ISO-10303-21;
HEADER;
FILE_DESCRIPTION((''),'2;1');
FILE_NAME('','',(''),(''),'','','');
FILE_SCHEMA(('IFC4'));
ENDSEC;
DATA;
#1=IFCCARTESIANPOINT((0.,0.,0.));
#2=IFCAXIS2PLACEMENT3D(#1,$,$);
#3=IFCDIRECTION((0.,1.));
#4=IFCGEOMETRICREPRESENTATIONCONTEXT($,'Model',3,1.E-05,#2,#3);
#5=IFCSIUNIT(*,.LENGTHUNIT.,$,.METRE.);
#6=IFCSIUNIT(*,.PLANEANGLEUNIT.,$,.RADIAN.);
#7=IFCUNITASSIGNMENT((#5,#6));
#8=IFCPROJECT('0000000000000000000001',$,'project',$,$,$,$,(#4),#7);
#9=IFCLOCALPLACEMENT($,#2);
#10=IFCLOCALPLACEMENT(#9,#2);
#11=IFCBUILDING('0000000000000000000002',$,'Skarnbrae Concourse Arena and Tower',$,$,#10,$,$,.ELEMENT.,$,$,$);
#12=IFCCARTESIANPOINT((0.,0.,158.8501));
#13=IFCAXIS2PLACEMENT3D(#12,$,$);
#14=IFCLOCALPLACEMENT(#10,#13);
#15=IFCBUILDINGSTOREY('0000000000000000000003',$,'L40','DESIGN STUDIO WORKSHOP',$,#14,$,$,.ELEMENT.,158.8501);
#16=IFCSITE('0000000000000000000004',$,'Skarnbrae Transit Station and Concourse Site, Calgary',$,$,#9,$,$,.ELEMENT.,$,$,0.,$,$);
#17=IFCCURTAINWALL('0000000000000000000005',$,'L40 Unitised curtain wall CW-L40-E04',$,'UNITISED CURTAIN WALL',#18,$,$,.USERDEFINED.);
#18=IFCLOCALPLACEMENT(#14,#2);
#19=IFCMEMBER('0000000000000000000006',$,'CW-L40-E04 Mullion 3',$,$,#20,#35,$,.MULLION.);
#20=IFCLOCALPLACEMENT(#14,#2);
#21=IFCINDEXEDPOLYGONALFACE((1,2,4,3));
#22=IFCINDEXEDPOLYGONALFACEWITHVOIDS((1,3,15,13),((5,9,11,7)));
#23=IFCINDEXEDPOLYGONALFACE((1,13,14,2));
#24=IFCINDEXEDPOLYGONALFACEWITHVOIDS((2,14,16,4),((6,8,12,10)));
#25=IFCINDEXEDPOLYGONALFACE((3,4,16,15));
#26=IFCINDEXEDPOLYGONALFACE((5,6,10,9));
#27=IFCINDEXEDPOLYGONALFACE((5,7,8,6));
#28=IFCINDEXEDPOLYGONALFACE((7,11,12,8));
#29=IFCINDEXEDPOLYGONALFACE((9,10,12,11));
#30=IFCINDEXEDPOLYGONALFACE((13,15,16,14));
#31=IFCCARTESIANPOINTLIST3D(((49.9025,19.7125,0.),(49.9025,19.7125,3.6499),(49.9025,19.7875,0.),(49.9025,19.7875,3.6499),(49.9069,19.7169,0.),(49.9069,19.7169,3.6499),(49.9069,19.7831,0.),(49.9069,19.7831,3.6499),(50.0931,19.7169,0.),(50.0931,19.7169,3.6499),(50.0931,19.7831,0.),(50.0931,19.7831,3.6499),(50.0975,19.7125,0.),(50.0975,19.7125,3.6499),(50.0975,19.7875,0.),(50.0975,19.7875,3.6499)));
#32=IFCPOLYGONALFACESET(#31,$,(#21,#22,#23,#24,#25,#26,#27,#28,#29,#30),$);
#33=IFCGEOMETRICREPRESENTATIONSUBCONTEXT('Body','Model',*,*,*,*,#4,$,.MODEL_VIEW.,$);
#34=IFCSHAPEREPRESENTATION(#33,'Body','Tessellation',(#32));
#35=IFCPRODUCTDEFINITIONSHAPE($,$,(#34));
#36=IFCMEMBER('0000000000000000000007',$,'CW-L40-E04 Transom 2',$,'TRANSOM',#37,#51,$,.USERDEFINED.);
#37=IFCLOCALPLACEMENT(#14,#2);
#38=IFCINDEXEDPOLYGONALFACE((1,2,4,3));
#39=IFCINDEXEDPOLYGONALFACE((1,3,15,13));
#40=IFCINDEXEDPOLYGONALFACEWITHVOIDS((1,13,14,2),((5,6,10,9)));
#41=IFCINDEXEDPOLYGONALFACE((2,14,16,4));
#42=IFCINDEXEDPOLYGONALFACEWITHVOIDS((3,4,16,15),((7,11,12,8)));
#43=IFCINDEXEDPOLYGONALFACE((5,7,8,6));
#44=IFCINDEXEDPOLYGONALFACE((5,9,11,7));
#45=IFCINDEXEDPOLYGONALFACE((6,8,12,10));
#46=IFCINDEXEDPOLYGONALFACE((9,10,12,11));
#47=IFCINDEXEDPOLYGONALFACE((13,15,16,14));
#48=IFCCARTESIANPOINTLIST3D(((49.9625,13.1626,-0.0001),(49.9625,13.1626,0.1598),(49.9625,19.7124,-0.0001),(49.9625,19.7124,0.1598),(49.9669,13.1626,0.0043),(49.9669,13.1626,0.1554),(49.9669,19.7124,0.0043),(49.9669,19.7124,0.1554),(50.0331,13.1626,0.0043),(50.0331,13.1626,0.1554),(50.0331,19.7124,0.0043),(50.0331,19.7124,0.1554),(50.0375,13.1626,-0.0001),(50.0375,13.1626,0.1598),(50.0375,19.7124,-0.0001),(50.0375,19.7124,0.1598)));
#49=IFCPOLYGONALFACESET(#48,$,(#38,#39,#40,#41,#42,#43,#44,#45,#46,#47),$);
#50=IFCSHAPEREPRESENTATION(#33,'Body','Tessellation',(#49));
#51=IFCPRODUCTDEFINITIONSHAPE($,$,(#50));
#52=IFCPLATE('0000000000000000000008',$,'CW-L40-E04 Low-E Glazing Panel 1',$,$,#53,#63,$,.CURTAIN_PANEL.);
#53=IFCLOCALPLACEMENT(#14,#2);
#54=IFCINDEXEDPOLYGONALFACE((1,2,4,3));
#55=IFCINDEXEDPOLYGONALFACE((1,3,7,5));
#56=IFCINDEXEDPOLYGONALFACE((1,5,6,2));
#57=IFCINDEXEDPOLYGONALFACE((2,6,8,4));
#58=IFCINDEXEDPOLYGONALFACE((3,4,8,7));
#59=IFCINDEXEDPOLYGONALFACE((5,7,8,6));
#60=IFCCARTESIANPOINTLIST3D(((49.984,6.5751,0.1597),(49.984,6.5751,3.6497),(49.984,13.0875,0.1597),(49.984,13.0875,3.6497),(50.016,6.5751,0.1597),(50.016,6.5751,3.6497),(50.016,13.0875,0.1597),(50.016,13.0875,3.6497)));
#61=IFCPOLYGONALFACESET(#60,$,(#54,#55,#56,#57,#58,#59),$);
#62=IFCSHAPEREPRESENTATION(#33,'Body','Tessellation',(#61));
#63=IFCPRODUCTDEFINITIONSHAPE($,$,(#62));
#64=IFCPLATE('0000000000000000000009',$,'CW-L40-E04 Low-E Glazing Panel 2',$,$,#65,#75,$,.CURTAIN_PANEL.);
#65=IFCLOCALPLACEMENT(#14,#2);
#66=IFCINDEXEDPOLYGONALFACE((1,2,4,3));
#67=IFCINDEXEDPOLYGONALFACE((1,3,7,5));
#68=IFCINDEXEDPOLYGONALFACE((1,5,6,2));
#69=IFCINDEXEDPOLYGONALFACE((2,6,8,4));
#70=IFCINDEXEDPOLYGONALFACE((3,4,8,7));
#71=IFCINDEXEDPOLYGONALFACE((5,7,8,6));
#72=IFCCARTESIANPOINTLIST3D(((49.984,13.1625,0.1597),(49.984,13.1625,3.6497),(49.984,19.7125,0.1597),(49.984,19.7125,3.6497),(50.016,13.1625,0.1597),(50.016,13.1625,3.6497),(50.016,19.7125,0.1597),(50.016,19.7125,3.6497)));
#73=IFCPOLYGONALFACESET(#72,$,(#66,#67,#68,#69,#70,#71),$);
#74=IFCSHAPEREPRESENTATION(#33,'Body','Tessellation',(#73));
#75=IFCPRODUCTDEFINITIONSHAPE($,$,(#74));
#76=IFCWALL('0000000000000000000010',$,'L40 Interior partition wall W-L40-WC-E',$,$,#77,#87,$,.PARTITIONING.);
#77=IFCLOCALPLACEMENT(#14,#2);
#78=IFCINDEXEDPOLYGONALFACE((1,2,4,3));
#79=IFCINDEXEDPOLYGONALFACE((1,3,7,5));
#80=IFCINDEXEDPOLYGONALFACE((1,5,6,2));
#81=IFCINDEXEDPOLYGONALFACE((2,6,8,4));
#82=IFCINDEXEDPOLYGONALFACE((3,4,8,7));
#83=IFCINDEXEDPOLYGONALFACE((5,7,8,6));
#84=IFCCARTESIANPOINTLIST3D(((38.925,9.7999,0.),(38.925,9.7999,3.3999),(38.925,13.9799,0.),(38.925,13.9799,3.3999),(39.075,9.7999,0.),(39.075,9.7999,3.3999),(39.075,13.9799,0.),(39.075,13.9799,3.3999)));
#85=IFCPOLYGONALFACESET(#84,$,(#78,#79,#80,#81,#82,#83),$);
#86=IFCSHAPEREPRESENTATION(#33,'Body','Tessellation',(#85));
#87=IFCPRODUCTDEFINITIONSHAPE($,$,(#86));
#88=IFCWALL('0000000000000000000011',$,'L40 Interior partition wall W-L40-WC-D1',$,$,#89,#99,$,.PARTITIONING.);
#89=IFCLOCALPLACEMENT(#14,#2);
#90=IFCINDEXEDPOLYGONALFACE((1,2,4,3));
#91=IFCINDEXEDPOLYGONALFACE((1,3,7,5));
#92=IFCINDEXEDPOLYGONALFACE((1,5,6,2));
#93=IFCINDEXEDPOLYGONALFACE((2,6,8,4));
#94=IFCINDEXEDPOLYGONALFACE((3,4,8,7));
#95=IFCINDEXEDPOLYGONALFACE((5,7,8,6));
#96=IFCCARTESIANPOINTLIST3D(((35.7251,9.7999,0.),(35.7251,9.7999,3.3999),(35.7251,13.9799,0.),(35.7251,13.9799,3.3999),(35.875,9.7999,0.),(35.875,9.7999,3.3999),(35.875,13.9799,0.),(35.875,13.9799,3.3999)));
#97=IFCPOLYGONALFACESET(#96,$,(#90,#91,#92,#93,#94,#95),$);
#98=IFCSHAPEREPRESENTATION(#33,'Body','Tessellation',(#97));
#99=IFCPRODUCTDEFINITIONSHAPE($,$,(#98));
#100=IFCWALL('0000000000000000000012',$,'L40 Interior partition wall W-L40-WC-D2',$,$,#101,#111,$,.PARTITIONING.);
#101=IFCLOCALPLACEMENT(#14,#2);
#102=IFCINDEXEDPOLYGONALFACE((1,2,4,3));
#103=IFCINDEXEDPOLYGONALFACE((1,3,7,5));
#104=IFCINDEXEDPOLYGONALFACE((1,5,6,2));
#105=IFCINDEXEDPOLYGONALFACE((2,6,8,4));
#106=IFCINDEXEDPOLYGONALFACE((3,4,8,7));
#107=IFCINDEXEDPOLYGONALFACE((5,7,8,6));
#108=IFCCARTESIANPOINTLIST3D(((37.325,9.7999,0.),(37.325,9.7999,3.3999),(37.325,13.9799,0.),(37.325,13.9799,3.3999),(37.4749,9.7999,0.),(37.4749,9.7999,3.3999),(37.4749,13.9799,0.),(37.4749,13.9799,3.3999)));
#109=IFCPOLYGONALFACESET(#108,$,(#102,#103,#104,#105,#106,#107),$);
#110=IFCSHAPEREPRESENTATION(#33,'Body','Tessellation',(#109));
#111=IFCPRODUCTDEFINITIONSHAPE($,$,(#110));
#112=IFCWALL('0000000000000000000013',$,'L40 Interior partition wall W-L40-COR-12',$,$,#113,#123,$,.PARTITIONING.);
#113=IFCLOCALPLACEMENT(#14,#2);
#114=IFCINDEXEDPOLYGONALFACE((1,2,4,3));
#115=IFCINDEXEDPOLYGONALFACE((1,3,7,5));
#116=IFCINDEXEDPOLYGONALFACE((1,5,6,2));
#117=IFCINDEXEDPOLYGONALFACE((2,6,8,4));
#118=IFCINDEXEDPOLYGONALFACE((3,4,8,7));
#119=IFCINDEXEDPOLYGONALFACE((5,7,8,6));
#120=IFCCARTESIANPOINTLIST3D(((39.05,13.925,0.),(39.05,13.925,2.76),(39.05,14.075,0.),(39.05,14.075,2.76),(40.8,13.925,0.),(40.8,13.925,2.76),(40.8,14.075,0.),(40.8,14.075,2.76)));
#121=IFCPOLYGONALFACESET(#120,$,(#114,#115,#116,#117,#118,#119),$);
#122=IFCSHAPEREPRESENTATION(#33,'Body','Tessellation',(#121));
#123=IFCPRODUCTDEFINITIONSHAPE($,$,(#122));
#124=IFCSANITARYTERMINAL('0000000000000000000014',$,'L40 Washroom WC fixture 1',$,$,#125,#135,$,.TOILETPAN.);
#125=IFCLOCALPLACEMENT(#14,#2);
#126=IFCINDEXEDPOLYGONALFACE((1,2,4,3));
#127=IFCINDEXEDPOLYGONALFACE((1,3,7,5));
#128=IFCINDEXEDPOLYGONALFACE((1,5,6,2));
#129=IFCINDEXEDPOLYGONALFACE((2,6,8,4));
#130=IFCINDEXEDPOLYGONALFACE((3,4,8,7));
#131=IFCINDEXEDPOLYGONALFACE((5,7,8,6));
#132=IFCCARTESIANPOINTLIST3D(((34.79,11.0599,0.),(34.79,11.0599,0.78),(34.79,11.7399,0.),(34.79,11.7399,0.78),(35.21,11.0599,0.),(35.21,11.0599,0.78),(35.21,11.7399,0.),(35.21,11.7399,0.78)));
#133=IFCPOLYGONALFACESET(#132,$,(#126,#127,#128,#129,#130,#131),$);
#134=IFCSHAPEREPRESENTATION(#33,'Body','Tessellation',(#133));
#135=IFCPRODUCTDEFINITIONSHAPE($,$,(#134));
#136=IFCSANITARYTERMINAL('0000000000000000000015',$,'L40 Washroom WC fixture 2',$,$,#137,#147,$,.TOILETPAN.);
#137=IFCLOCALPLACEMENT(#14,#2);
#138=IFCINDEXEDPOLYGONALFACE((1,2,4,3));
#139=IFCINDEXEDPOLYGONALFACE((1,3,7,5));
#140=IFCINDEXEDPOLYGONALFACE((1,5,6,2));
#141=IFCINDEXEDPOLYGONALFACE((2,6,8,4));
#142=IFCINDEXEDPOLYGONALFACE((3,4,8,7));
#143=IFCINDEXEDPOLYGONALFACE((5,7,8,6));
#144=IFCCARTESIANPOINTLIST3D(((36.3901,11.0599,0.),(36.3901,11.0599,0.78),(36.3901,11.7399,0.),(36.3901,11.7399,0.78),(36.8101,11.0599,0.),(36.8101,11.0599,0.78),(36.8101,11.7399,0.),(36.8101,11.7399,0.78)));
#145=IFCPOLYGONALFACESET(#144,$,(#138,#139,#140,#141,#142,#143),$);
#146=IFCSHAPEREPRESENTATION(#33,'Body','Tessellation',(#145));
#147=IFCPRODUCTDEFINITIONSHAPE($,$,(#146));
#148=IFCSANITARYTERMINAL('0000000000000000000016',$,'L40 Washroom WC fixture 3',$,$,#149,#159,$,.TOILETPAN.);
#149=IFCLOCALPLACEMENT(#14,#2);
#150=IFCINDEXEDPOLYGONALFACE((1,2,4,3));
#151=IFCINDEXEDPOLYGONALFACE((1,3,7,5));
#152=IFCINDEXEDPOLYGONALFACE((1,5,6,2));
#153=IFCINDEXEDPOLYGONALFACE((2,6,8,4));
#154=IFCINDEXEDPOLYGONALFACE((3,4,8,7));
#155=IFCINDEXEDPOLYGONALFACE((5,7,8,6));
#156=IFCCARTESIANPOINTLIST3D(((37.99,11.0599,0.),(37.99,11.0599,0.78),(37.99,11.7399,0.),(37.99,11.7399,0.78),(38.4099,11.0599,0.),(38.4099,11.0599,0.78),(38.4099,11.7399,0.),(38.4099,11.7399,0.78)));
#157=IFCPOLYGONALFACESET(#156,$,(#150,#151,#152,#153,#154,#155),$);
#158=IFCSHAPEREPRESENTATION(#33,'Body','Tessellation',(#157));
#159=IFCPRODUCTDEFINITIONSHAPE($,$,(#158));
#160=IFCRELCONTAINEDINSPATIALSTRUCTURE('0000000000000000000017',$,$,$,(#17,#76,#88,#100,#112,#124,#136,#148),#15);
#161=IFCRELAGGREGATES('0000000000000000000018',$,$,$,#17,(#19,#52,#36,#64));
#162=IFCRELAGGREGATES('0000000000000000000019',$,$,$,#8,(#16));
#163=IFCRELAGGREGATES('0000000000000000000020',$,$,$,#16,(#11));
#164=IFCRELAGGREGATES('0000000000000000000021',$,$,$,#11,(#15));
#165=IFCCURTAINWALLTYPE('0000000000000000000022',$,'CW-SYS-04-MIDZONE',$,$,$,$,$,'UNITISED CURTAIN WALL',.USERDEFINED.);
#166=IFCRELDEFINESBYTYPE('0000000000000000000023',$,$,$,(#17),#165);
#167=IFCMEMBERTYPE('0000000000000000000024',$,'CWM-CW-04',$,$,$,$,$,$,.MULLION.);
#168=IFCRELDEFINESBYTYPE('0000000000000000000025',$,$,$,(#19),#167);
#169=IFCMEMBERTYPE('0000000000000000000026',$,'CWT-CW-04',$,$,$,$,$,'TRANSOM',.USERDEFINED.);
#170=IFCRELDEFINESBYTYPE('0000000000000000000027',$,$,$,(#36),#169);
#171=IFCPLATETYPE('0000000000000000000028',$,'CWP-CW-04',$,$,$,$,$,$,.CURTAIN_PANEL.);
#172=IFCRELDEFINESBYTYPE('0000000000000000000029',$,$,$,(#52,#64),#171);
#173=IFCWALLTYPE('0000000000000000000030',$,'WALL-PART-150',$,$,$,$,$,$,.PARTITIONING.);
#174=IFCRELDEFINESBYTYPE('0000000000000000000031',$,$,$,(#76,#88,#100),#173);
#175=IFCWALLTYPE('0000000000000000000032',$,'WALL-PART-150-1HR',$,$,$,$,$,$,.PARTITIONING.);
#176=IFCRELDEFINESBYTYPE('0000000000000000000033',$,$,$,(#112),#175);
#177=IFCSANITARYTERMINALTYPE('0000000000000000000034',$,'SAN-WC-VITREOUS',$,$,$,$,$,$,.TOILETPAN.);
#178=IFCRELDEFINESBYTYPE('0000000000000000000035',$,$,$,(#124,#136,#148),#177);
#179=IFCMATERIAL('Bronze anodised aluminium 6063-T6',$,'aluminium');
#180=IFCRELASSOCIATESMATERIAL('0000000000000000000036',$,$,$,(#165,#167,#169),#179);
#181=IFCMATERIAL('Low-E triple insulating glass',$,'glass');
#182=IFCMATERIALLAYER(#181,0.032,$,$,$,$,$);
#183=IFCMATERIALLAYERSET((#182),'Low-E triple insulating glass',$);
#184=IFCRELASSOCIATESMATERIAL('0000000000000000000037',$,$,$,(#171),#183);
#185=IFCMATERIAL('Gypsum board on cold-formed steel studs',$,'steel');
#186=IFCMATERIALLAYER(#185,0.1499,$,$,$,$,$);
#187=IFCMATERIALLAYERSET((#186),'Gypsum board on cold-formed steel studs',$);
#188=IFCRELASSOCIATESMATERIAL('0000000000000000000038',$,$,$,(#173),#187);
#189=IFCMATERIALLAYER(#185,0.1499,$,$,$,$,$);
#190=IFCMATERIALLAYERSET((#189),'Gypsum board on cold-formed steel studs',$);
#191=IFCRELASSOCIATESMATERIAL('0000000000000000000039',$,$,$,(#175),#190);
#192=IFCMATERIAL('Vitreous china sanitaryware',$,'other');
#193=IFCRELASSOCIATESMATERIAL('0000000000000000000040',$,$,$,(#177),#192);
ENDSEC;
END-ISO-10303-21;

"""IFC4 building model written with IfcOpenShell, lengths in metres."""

from ifc_helpers import new_model, si_unit, direction, frame, frame_2d, origin, origin_2d, place, context, subcontext, project, spatial, rectangle, hollow_rectangle, extrude, source, transform, mapped, material, layer, layer_set, material_profile, profile_set, type_object, element, aggregate, save


model = new_model("IFC4")

# Units and contexts
model_context = context("Model", 3, precision=1e-05, world=origin(), true_north=direction((0.0, 1.0)))
body_context = subcontext(model_context, "Body", "Model", "MODEL_VIEW")
ifc_project = project(units=[si_unit("LENGTHUNIT", "METRE"), si_unit("PLANEANGLEUNIT", "RADIAN")], contexts=[model_context])

# Site, building, storey
site_placement = place(None, origin())
site = spatial("IfcSite", under=ifc_project, at=site_placement, Name="Skarnbrae Transit Station and Concourse Site, Calgary", CompositionType="ELEMENT", RefElevation=0.0)
building_placement = place(site_placement, origin())
building = spatial("IfcBuilding", under=site, at=building_placement, Name="Skarnbrae Concourse Arena and Tower", CompositionType="ELEMENT")
storey_placement = place(building_placement, frame((0.0, 0.0, 158.8501)))
storey = spatial("IfcBuildingStorey", under=building, at=storey_placement, Name="L40", Description="DESIGN STUDIO WORKSHOP", CompositionType="ELEMENT", Elevation=158.8501)

# Curtain wall, members, plates
ifc_material_1 = material(Name="Bronze anodised aluminium 6063-T6", Category="aluminium")
curtain_wall_type = type_object("IfcCurtainWallType", Name="CW-SYS-04-MIDZONE", ElementType="UNITISED CURTAIN WALL", PredefinedType="USERDEFINED", material=ifc_material_1)
curtain_wall_placement = place(storey_placement, origin())
curtain_wall = element("IfcCurtainWall", 1, at=curtain_wall_placement, inside=storey, type_object=curtain_wall_type, Name="L40 Unitised curtain wall CW-L40-E04", ObjectType="UNITISED CURTAIN WALL", PredefinedType="USERDEFINED")
ifc_material_profile_1 = material_profile(ifc_material_1, hollow_rectangle(XDim=0.075, YDim=0.1951, WallThickness=0.0044, at=origin_2d()), Name="ALU-MULL-75X195")
ifc_profile_set_1 = profile_set([ifc_material_profile_1], Name="Bronze anodised aluminium 6063-T6")
member_type_1 = type_object("IfcMemberType", Name="CWM-CW-04", PredefinedType="MULLION", material=ifc_profile_set_1)
shared_shape_1 = source(origin(), body_context, "Body", "SweptSolid", [
    extrude(hollow_rectangle(XDim=0.075, YDim=0.1951, WallThickness=0.0044, at=origin_2d()), origin(), (0.0, 0.0, 1.0), 3.6499),
])
member_1_placement = place(storey_placement, frame((50.0, 19.75, 0.0), z_axis=(0.0, 0.0, 1.0), x_axis=(0.0, 1.0, 0.0)))
member_1 = element("IfcMember", 2, at=member_1_placement, type_object=member_type_1, Name="CW-L40-E04 Mullion 3", PredefinedType="MULLION", context=body_context, shape_type="MappedRepresentation", body=[
    mapped(shared_shape_1, transform((0.0, 0.0, 0.0))),
])
ifc_material_profile_2 = material_profile(ifc_material_1, hollow_rectangle(XDim=0.075, YDim=0.1599, WallThickness=0.0044, at=origin_2d()), Name="ALU-TRAN-75X160")
ifc_profile_set_2 = profile_set([ifc_material_profile_2], Name="Bronze anodised aluminium 6063-T6")
member_type_2 = type_object("IfcMemberType", Name="CWT-CW-04", ElementType="TRANSOM", PredefinedType="USERDEFINED", material=ifc_profile_set_2)
shared_shape_2 = source(origin(), body_context, "Body", "SweptSolid", [
    extrude(hollow_rectangle(XDim=0.075, YDim=0.1599, WallThickness=0.0044, at=origin_2d()), origin(), (0.0, 0.0, 1.0), 6.5498),
])
member_2_placement = place(storey_placement, frame((50.0, 13.1626, 0.0798), z_axis=(0.0, 1.0, 0.0), x_axis=(-1.0, 0.0, 0.0)))
member_2 = element("IfcMember", 3, at=member_2_placement, type_object=member_type_2, Name="CW-L40-E04 Transom 2", ObjectType="TRANSOM", PredefinedType="USERDEFINED", context=body_context, shape_type="MappedRepresentation", body=[
    mapped(shared_shape_2, transform((0.0, 0.0, 0.0))),
])
ifc_material_2 = material(Name="Low-E triple insulating glass", Category="glass")
ifc_layer_1 = layer(ifc_material_2, 0.032)
ifc_layer_set_1 = layer_set([ifc_layer_1], Name="Low-E triple insulating glass")
plate_type = type_object("IfcPlateType", Name="CWP-CW-04", PredefinedType="CURTAIN_PANEL", material=ifc_layer_set_1)
shared_shape_3 = source(origin(), body_context, "Body", "SweptSolid", [
    extrude(rectangle(XDim=6.5125, YDim=0.032, at=origin_2d()), origin(), (0.0, 0.0, 1.0), 3.49),
])
plate_1_placement = place(storey_placement, frame((50.0, 9.8313, 0.1597), z_axis=(0.0, 0.0, 1.0), x_axis=(0.0, 1.0, 0.0)))
plate_1 = element("IfcPlate", 4, at=plate_1_placement, type_object=plate_type, Name="CW-L40-E04 Low-E Glazing Panel 1", PredefinedType="CURTAIN_PANEL", context=body_context, shape_type="MappedRepresentation", body=[
    mapped(shared_shape_3, transform((0.0, 0.0, 0.0))),
])
shared_shape_4 = source(origin(), body_context, "Body", "SweptSolid", [
    extrude(rectangle(XDim=6.55, YDim=0.032, at=origin_2d()), origin(), (0.0, 0.0, 1.0), 3.49),
])
plate_2_placement = place(storey_placement, frame((50.0, 16.4375, 0.1597), z_axis=(0.0, 0.0, 1.0), x_axis=(0.0, 1.0, 0.0)))
plate_2 = element("IfcPlate", 5, at=plate_2_placement, type_object=plate_type, Name="CW-L40-E04 Low-E Glazing Panel 2", PredefinedType="CURTAIN_PANEL", context=body_context, shape_type="MappedRepresentation", body=[
    mapped(shared_shape_4, transform((0.0, 0.0, 0.0))),
])
aggregate(curtain_wall, [member_1, plate_1, member_2, plate_2])

# Walls
ifc_material_3 = material(Name="Gypsum board on cold-formed steel studs", Category="steel")
ifc_layer_2 = layer(ifc_material_3, 0.1499)
ifc_layer_set_2 = layer_set([ifc_layer_2], Name="Gypsum board on cold-formed steel studs")
wall_type_1 = type_object("IfcWallType", Name="WALL-PART-150", PredefinedType="PARTITIONING", material=ifc_layer_set_2)
shared_shape_5 = source(origin(), body_context, "Body", "SweptSolid", [
    extrude(rectangle(XDim=4.1799, YDim=0.1499, at=frame_2d((2.0898, 0.0))), origin(), (0.0, 0.0, 1.0), 3.3999),
])
for number, where, z_axis, x_axis, name in (
    (6, (39.0, 9.8, 0.0), (0.0, 0.0, 1.0), (0.0, 1.0, 0.0), "L40 Interior partition wall W-L40-WC-E"),
    (7, (35.8, 9.8, 0.0), (0.0, 0.0, 1.0), (0.0, 1.0, 0.0), "L40 Interior partition wall W-L40-WC-D1"),
    (8, (37.3999, 9.8, 0.0), (0.0, 0.0, 1.0), (0.0, 1.0, 0.0), "L40 Interior partition wall W-L40-WC-D2"),
):
    element("IfcWall", number, at=place(storey_placement, frame(where, z_axis=z_axis, x_axis=x_axis)), inside=storey, type_object=wall_type_1, Name=name, PredefinedType="PARTITIONING", context=body_context, shape_type="MappedRepresentation", body=[
        mapped(shared_shape_5, transform((0.0, 0.0, 0.0))),
    ])

# Shared definitions
ifc_layer_3 = layer(ifc_material_3, 0.1499)
ifc_layer_set_3 = layer_set([ifc_layer_3], Name="Gypsum board on cold-formed steel studs")
wall_type_2 = type_object("IfcWallType", Name="WALL-PART-150-1HR", PredefinedType="PARTITIONING", material=ifc_layer_set_3)

# Wall
shared_shape_6 = source(origin(), body_context, "Body", "SweptSolid", [
    extrude(rectangle(XDim=1.75, YDim=0.1499, at=frame_2d((0.875, 0.0))), origin(), (0.0, 0.0, 1.0), 2.76),
])
wall_1_placement = place(storey_placement, frame((40.8, 14.0, 0.0), z_axis=(0.0, 0.0, 1.0), x_axis=(-1.0, 0.0, 0.0)))
element("IfcWall", 9, at=wall_1_placement, inside=storey, type_object=wall_type_2, Name="L40 Interior partition wall W-L40-COR-12", PredefinedType="PARTITIONING", context=body_context, shape_type="MappedRepresentation", body=[
    mapped(shared_shape_6, transform((0.0, 0.0, 0.0))),
])

# Sanitary terminals
ifc_material_4 = material(Name="Vitreous china sanitaryware", Category="other")
sanitary_terminal_type = type_object("IfcSanitaryTerminalType", Name="SAN-WC-VITREOUS", PredefinedType="TOILETPAN", material=ifc_material_4)
shared_shape_7 = source(origin(), body_context, "Body", "SweptSolid", [
    extrude(rectangle(XDim=0.4199, YDim=0.6799, at=origin_2d()), origin(), (0.0, 0.0, 1.0), 0.78),
])
for number, where, z_axis, x_axis, name in (
    (10, (35.0, 11.3999, 0.0), (0.0, 0.0, 1.0), (1.0, 0.0, 0.0), "L40 Washroom WC fixture 1"),
    (11, (36.6001, 11.3999, 0.0), (0.0, 0.0, 1.0), (1.0, 0.0, 0.0), "L40 Washroom WC fixture 2"),
    (12, (38.2, 11.3999, 0.0), (0.0, 0.0, 1.0), (1.0, 0.0, 0.0), "L40 Washroom WC fixture 3"),
):
    element("IfcSanitaryTerminal", number, at=place(storey_placement, frame(where, z_axis=z_axis, x_axis=x_axis)), inside=storey, type_object=sanitary_terminal_type, Name=name, PredefinedType="TOILETPAN", context=body_context, shape_type="MappedRepresentation", body=[
        mapped(shared_shape_7, transform((0.0, 0.0, 0.0))),
    ])

save(model, "model.ifc")
